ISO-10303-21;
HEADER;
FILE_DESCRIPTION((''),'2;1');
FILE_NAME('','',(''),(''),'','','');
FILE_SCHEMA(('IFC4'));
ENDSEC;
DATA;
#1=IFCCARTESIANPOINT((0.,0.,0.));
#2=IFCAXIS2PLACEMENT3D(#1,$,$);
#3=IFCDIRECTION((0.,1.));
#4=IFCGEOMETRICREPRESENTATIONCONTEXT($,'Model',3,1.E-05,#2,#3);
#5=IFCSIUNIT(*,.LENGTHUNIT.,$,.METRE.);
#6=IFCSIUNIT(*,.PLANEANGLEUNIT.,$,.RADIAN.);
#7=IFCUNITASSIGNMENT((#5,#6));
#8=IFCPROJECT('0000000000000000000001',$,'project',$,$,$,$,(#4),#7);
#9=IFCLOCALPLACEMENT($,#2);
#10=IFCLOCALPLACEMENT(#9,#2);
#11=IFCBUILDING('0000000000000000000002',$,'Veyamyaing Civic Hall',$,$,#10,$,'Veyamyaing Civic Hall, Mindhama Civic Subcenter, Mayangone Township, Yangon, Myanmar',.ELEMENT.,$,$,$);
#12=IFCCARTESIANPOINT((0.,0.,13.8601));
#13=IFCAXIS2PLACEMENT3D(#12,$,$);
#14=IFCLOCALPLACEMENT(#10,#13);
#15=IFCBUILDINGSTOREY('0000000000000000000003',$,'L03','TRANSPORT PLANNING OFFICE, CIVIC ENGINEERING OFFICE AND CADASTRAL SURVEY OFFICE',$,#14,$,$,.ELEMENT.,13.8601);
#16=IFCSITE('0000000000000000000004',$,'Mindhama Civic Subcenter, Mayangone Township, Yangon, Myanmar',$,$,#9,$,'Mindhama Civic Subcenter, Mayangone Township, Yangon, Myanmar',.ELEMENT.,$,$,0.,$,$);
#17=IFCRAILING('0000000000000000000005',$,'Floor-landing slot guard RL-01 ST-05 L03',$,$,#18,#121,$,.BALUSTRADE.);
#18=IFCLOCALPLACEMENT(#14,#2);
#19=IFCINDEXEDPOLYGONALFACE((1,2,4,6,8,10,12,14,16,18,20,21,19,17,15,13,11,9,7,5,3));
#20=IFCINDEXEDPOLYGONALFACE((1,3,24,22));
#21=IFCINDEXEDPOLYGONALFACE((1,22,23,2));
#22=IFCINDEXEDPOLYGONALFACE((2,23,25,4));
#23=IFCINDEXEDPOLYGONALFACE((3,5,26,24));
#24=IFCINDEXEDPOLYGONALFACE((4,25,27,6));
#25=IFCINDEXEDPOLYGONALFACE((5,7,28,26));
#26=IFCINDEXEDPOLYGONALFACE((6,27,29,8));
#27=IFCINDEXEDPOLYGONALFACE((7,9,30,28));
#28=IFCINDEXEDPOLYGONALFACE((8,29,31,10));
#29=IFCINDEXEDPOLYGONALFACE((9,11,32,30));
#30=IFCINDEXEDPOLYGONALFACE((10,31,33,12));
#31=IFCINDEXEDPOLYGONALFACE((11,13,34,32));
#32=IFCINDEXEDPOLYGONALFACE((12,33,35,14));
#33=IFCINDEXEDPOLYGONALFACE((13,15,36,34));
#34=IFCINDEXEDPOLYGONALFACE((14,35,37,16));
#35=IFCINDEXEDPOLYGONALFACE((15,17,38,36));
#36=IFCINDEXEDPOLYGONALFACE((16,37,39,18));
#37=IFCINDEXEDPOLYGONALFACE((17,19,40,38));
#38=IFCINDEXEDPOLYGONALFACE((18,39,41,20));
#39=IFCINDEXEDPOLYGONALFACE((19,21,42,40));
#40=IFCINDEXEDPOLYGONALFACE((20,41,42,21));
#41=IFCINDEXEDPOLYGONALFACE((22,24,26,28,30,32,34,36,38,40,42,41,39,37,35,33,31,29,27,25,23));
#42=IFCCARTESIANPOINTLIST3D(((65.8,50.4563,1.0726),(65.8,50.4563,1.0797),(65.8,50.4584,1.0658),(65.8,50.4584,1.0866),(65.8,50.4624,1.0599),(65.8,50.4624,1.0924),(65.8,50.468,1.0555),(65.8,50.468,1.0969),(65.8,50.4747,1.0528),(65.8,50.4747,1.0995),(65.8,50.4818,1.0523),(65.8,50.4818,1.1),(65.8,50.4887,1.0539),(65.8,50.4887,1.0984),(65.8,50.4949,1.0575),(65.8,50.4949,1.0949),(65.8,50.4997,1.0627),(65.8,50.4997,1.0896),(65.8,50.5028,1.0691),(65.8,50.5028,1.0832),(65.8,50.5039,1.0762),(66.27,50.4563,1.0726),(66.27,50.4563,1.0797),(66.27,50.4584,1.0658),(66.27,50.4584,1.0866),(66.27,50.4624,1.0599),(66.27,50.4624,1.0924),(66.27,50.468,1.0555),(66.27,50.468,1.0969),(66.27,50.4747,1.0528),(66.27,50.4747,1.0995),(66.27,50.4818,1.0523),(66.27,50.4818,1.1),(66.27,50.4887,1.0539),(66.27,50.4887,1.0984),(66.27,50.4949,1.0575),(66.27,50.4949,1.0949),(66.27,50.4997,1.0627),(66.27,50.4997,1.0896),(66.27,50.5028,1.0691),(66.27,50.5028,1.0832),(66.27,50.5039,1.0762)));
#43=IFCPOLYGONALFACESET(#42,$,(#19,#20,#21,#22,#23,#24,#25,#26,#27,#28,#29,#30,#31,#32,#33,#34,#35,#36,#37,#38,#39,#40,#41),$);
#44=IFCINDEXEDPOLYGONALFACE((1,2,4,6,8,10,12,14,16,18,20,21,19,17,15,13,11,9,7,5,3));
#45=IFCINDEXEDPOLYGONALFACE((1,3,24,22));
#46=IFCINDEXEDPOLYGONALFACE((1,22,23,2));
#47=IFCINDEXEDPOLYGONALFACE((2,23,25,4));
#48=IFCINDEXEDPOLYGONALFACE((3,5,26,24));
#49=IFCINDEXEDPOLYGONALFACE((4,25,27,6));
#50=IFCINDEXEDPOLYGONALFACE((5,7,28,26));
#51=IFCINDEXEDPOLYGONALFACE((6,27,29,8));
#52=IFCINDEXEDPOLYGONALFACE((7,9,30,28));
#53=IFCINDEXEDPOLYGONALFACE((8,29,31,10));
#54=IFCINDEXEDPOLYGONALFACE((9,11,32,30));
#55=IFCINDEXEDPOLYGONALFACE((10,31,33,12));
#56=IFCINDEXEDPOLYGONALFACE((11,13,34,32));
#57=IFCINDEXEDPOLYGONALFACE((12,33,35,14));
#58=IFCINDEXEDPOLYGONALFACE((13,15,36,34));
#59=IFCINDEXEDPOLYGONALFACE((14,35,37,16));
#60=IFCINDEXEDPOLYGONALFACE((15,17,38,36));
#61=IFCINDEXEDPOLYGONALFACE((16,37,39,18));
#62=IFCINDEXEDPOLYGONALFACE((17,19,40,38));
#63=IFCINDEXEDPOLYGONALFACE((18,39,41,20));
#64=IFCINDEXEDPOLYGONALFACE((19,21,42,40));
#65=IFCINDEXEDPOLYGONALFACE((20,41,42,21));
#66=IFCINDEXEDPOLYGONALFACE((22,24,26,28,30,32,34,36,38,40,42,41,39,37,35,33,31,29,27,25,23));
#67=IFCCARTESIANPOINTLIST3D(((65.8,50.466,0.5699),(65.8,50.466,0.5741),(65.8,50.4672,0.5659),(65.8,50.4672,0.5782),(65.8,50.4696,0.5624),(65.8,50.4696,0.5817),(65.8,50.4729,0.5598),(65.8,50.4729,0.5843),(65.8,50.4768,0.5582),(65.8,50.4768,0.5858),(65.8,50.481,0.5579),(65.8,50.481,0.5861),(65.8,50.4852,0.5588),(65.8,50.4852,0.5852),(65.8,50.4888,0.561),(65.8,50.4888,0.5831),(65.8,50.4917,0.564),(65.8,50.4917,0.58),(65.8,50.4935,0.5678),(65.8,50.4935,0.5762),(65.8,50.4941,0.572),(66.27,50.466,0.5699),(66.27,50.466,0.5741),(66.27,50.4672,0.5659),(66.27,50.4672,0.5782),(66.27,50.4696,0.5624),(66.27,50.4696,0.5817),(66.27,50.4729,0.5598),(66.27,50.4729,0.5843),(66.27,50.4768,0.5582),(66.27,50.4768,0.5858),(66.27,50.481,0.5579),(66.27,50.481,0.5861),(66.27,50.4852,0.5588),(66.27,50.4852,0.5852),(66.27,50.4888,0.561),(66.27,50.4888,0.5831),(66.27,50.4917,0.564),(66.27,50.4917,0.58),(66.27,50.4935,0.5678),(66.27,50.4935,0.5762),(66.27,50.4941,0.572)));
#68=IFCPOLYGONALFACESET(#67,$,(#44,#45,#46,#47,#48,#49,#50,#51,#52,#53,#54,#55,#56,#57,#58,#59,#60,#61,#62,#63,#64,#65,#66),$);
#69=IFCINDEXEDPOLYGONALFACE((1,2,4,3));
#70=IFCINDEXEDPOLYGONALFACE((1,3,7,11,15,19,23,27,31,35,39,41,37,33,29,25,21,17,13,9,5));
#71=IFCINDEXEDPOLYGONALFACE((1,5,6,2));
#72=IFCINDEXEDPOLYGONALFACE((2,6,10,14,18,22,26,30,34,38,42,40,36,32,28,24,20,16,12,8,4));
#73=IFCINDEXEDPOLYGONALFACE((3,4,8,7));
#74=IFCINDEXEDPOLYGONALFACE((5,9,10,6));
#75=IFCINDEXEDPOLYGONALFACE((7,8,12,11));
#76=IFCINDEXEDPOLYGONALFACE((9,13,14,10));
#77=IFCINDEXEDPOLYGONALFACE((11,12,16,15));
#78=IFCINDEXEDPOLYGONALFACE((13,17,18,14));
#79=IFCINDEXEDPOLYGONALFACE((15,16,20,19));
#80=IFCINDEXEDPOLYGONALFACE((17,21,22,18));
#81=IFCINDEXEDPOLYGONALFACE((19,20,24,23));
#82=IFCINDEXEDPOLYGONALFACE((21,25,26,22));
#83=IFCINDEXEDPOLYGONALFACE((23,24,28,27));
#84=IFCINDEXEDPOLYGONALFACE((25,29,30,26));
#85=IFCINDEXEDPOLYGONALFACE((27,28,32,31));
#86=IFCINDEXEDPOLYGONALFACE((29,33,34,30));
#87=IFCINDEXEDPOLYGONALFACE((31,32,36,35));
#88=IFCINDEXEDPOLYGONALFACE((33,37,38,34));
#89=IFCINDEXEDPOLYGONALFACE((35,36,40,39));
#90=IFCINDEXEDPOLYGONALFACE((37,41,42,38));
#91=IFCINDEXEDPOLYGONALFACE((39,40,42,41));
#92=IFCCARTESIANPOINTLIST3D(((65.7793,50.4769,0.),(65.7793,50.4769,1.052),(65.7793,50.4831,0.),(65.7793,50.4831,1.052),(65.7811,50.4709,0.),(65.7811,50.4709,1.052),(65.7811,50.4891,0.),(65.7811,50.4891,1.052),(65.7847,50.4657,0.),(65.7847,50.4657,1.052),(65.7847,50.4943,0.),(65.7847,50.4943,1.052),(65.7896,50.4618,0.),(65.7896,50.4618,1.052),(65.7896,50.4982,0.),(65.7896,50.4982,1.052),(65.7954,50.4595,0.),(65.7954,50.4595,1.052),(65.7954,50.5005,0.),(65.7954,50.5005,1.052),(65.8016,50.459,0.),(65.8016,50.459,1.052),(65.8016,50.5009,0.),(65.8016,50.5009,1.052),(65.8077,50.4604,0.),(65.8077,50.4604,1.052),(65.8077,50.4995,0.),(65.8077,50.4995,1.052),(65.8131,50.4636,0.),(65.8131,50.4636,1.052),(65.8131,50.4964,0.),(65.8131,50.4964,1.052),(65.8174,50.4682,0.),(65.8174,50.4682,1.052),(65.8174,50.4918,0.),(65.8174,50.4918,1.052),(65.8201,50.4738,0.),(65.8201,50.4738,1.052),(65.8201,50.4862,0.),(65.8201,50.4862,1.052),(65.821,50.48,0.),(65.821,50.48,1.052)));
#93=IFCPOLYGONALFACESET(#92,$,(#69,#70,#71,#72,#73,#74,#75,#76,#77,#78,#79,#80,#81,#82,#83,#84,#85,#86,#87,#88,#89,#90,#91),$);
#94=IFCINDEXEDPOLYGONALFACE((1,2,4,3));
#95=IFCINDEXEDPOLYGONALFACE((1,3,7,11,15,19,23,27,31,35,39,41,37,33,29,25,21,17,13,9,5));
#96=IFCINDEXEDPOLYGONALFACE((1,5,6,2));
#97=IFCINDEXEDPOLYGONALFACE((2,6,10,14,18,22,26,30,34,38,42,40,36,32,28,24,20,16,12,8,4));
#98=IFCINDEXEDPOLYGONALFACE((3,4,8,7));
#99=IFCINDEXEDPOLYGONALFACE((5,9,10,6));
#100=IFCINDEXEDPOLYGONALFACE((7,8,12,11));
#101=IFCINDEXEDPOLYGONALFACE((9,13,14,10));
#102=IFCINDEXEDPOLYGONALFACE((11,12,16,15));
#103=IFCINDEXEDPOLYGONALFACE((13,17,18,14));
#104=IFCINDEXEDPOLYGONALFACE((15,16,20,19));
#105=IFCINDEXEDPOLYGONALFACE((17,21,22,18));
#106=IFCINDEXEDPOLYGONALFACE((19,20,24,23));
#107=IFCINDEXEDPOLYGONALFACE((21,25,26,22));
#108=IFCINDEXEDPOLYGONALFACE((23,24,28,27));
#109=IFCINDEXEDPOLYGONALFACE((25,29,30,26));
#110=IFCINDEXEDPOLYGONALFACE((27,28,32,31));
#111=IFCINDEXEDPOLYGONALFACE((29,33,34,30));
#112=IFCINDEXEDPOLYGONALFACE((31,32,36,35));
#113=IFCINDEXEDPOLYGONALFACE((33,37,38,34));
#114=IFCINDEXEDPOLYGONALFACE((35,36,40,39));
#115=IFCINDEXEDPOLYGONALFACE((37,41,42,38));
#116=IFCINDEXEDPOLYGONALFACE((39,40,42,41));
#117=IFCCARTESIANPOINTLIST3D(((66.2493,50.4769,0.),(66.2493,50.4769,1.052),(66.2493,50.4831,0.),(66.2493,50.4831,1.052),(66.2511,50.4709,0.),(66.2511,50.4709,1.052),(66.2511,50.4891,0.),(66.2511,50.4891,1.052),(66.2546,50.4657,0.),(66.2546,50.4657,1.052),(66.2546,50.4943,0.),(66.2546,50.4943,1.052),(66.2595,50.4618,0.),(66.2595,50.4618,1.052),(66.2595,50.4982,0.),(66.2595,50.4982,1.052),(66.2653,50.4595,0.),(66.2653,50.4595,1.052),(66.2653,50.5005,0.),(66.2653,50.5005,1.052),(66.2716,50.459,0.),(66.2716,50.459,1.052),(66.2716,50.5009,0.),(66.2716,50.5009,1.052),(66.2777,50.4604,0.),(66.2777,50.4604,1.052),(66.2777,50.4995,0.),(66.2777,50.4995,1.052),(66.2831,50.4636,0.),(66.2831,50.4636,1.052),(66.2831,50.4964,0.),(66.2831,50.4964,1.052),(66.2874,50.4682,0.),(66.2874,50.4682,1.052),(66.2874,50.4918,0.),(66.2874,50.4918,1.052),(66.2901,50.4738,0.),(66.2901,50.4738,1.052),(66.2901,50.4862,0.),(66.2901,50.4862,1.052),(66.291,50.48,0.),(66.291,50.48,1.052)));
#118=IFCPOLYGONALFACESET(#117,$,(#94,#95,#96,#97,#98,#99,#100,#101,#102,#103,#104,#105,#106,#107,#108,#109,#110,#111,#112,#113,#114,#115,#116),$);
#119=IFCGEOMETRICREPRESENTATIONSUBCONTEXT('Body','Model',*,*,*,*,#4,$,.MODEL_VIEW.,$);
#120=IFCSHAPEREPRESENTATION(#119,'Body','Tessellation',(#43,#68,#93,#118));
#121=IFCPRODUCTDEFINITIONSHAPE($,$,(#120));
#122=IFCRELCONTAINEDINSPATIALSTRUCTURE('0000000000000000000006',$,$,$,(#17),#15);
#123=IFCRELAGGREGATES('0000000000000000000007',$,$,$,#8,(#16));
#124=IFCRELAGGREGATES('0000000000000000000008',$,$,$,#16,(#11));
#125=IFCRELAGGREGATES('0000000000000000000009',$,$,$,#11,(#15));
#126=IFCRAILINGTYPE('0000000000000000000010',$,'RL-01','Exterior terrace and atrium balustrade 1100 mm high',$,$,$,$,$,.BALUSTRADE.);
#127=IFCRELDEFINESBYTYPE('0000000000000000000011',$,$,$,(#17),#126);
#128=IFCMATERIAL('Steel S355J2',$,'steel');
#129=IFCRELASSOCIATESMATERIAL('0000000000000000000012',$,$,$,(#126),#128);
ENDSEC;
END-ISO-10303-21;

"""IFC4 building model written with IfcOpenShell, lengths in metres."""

from ifc_helpers import new_model, si_unit, direction, frame, origin, origin_2d, place, context, subcontext, project, spatial, circle, extrude, material, type_object, element, save


model = new_model("IFC4")

# Units and contexts
model_context = context("Model", 3, precision=1e-05, world=origin(), true_north=direction((0.0, 1.0)))
body_context = subcontext(model_context, "Body", "Model", "MODEL_VIEW")
ifc_project = project(units=[si_unit("LENGTHUNIT", "METRE"), si_unit("PLANEANGLEUNIT", "RADIAN")], contexts=[model_context])

# Site, building, storey
site_placement = place(None, origin())
site = spatial("IfcSite", under=ifc_project, at=site_placement, Name="Mindhama Civic Subcenter, Mayangone Township, Yangon, Myanmar", LongName="Mindhama Civic Subcenter, Mayangone Township, Yangon, Myanmar", CompositionType="ELEMENT", RefElevation=0.0)
building_placement = place(site_placement, origin())
building = spatial("IfcBuilding", under=site, at=building_placement, Name="Veyamyaing Civic Hall", LongName="Veyamyaing Civic Hall, Mindhama Civic Subcenter, Mayangone Township, Yangon, Myanmar", CompositionType="ELEMENT")
storey_placement = place(building_placement, frame((0.0, 0.0, 13.8601)))
storey = spatial("IfcBuildingStorey", under=building, at=storey_placement, Name="L03", Description="TRANSPORT PLANNING OFFICE, CIVIC ENGINEERING OFFICE AND CADASTRAL SURVEY OFFICE", CompositionType="ELEMENT", Elevation=13.8601)

# Railing
ifc_material_1 = material(Name="Steel S355J2", Category="steel")
railing_type_1 = type_object("IfcRailingType", Name="RL-01", Description="Exterior terrace and atrium balustrade 1100 mm high", PredefinedType="BALUSTRADE", material=ifc_material_1)
railing_1_placement = place(storey_placement, frame((65.8, 50.48, 0.0)))
element("IfcRailing", 1, at=railing_1_placement, inside=storey, type_object=railing_type_1, Name="Floor-landing slot guard RL-01 ST-05 L03", PredefinedType="BALUSTRADE", context=body_context, shape_type="SweptSolid", body=[
    extrude(circle(Radius=0.0239, at=origin_2d()), frame((0.0, 0.0, 1.0762), z_axis=(1.0, 0.0, 0.0), x_axis=(0.0, 1.0, 0.0)), (0.0, 0.0, 1.0), 0.47),
    extrude(circle(Radius=0.0142, at=origin_2d()), frame((0.0, 0.0, 0.572), z_axis=(1.0, 0.0, 0.0), x_axis=(0.0, 1.0, 0.0)), (0.0, 0.0, 1.0), 0.47),
    extrude(circle(Radius=0.021, at=origin_2d()), origin(), (0.0, 0.0, 1.0), 1.052),
    extrude(circle(Radius=0.021, at=origin_2d()), frame((0.47, 0.0, 0.0)), (0.0, 0.0, 1.0), 1.052),
])

save(model, "model.ifc")
